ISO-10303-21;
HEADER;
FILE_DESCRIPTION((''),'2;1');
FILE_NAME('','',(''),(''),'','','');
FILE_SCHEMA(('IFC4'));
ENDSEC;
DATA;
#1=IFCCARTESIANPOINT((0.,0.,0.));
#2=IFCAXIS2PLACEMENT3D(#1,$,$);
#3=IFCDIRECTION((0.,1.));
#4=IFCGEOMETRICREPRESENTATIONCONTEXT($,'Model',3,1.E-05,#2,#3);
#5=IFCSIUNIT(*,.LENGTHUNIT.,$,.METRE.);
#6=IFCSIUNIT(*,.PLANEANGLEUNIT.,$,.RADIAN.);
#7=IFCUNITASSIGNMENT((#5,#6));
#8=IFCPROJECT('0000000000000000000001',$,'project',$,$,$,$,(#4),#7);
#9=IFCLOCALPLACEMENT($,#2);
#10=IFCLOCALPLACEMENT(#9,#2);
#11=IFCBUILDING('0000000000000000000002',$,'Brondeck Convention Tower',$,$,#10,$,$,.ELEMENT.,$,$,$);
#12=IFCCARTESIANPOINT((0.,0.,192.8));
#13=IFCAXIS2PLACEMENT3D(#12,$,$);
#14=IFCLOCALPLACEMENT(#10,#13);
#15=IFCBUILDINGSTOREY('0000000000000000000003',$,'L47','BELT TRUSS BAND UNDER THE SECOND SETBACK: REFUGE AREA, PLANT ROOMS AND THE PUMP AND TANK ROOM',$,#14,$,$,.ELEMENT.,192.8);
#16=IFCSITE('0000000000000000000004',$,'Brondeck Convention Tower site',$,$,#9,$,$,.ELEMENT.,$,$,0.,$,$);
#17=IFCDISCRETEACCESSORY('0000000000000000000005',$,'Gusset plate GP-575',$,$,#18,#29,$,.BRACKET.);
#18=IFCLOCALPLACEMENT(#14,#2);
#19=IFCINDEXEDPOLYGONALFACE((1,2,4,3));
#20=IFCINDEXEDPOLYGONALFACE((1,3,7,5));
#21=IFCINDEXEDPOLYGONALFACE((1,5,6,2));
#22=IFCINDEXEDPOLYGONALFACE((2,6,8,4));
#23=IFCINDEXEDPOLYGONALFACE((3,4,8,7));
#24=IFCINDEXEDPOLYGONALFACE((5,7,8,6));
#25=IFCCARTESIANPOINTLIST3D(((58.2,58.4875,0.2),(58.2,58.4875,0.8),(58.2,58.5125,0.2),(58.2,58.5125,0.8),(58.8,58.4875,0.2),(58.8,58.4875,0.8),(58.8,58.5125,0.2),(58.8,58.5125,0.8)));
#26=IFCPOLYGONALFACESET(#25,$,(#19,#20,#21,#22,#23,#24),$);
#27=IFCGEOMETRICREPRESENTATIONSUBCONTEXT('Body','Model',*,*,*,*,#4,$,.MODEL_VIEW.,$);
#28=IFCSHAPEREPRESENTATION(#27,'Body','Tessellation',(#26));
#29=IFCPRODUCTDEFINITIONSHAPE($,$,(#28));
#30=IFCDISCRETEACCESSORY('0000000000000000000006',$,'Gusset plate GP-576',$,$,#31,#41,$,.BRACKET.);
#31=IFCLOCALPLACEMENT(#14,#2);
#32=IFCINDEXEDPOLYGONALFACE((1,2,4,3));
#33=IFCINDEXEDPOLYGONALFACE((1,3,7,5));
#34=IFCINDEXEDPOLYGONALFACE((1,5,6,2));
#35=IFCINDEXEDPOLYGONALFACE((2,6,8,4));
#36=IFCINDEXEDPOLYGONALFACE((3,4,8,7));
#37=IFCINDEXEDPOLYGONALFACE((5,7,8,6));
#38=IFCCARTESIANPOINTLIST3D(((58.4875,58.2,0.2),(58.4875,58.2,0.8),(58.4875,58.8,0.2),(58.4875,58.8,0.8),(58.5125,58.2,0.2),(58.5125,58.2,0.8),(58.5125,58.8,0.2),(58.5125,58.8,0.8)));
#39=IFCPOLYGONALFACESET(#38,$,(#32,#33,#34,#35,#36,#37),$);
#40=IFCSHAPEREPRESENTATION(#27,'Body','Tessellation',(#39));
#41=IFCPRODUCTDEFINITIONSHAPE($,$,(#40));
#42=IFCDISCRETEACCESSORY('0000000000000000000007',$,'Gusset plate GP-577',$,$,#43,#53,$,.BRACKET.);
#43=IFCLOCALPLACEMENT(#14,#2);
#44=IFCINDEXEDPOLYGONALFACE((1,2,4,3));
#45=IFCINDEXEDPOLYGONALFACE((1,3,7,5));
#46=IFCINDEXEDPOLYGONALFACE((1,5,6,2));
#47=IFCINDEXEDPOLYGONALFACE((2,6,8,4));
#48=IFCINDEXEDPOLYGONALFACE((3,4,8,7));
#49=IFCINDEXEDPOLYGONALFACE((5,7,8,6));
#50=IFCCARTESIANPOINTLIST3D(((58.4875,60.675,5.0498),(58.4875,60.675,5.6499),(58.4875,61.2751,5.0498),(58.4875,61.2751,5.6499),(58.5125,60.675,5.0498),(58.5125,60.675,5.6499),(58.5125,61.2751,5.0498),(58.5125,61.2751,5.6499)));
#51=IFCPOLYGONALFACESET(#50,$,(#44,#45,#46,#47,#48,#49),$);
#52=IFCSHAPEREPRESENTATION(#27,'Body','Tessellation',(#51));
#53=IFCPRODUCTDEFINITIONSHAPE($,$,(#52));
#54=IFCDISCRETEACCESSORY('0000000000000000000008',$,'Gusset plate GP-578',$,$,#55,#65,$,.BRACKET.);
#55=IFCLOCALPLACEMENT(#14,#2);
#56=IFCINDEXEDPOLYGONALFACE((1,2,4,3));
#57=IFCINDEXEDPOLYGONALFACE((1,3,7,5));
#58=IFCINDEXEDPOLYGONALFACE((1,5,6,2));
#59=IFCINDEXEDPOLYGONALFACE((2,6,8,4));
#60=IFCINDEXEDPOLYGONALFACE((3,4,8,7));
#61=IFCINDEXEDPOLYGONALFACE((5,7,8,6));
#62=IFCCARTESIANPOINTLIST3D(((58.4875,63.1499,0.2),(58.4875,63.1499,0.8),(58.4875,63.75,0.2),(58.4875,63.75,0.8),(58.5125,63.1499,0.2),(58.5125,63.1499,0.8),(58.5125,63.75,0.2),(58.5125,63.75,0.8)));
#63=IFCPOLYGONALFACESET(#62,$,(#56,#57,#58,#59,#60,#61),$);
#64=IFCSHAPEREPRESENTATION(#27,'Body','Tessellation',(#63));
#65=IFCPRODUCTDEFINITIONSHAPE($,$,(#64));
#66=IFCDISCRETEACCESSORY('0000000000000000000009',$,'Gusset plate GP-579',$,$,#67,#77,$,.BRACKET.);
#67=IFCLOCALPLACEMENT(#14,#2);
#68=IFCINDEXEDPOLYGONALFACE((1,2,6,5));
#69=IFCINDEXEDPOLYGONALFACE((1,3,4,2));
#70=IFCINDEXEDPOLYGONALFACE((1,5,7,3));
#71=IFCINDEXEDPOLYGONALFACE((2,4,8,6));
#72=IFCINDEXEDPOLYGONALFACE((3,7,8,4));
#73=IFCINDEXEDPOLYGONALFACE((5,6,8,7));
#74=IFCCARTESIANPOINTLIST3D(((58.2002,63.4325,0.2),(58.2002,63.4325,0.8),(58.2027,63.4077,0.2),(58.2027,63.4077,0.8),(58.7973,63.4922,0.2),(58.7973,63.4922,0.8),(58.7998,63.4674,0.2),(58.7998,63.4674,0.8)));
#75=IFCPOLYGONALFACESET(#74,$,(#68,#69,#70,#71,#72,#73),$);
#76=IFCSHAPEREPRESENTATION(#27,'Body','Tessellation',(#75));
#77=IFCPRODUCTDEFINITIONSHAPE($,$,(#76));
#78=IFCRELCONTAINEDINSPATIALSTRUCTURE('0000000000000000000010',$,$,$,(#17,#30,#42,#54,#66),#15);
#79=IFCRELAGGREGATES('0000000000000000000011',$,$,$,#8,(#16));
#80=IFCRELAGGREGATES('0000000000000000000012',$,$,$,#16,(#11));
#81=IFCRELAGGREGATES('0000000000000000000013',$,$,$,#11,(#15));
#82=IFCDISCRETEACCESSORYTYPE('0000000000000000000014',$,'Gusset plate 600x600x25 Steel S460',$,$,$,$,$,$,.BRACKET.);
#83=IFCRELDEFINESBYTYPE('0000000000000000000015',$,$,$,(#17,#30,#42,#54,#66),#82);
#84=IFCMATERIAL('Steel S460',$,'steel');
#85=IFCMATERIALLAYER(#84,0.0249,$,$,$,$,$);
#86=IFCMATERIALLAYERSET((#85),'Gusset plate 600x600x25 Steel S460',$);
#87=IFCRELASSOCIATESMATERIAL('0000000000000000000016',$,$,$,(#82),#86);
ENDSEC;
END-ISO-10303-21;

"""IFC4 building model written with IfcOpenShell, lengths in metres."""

from ifc_helpers import new_model, si_unit, direction, frame, origin, origin_2d, place, context, subcontext, project, spatial, rectangle, extrude, material, layer, layer_set, type_object, element, save


model = new_model("IFC4")

# Units and contexts
model_context = context("Model", 3, precision=1e-05, world=origin(), true_north=direction((0.0, 1.0)))
body_context = subcontext(model_context, "Body", "Model", "MODEL_VIEW")
ifc_project = project(units=[si_unit("LENGTHUNIT", "METRE"), si_unit("PLANEANGLEUNIT", "RADIAN")], contexts=[model_context])

# Site, building, storey
site_placement = place(None, origin())
site = spatial("IfcSite", under=ifc_project, at=site_placement, Name="Brondeck Convention Tower site", CompositionType="ELEMENT", RefElevation=0.0)
building_placement = place(site_placement, origin())
building = spatial("IfcBuilding", under=site, at=building_placement, Name="Brondeck Convention Tower", CompositionType="ELEMENT")
storey_placement = place(building_placement, frame((0.0, 0.0, 192.8)))
storey = spatial("IfcBuildingStorey", under=building, at=storey_placement, Name="L47", Description="BELT TRUSS BAND UNDER THE SECOND SETBACK: REFUGE AREA, PLANT ROOMS AND THE PUMP AND TANK ROOM", CompositionType="ELEMENT", Elevation=192.8)

# Shared definitions
ifc_material_1 = material(Name="Steel S460", Category="steel")

# Discrete accessories
ifc_layer = layer(ifc_material_1, 0.0249)
ifc_layer_set = layer_set([ifc_layer], Name="Gusset plate 600x600x25 Steel S460")
discrete_accessory_type = type_object("IfcDiscreteAccessoryType", Name="Gusset plate 600x600x25 Steel S460", PredefinedType="BRACKET", material=ifc_layer_set)
for number, where, z_axis, x_axis, name in (
    (1, (58.5, 58.5, 0.2), (0.0, 0.0, 1.0), (1.0, 0.0, 0.0), "Gusset plate GP-575"),
    (2, (58.5, 58.5, 0.2), (0.0, 0.0, 1.0), (0.0, 1.0, 0.0), "Gusset plate GP-576"),
    (3, (58.5, 60.9751, 5.0498), (0.0, 0.0, 1.0), (0.0, 1.0, 0.0), "Gusset plate GP-577"),
    (4, (58.5, 63.45, 0.2), (0.0, 0.0, 1.0), (0.0, 1.0, 0.0), "Gusset plate GP-578"),
    (5, (58.5, 63.45, 0.2), (0.0, 0.0, 1.0), (0.995036, 0.099511, 0.0), "Gusset plate GP-579"),
):
    element("IfcDiscreteAccessory", number, at=place(storey_placement, frame(where, z_axis=z_axis, x_axis=x_axis)), inside=storey, type_object=discrete_accessory_type, Name=name, PredefinedType="BRACKET", context=body_context, shape_type="SweptSolid", body=[
        extrude(rectangle(XDim=0.6001, YDim=0.0249, at=origin_2d()), origin(), (0.0, 0.0, 1.0), 0.6001),
    ])

save(model, "model.ifc")
